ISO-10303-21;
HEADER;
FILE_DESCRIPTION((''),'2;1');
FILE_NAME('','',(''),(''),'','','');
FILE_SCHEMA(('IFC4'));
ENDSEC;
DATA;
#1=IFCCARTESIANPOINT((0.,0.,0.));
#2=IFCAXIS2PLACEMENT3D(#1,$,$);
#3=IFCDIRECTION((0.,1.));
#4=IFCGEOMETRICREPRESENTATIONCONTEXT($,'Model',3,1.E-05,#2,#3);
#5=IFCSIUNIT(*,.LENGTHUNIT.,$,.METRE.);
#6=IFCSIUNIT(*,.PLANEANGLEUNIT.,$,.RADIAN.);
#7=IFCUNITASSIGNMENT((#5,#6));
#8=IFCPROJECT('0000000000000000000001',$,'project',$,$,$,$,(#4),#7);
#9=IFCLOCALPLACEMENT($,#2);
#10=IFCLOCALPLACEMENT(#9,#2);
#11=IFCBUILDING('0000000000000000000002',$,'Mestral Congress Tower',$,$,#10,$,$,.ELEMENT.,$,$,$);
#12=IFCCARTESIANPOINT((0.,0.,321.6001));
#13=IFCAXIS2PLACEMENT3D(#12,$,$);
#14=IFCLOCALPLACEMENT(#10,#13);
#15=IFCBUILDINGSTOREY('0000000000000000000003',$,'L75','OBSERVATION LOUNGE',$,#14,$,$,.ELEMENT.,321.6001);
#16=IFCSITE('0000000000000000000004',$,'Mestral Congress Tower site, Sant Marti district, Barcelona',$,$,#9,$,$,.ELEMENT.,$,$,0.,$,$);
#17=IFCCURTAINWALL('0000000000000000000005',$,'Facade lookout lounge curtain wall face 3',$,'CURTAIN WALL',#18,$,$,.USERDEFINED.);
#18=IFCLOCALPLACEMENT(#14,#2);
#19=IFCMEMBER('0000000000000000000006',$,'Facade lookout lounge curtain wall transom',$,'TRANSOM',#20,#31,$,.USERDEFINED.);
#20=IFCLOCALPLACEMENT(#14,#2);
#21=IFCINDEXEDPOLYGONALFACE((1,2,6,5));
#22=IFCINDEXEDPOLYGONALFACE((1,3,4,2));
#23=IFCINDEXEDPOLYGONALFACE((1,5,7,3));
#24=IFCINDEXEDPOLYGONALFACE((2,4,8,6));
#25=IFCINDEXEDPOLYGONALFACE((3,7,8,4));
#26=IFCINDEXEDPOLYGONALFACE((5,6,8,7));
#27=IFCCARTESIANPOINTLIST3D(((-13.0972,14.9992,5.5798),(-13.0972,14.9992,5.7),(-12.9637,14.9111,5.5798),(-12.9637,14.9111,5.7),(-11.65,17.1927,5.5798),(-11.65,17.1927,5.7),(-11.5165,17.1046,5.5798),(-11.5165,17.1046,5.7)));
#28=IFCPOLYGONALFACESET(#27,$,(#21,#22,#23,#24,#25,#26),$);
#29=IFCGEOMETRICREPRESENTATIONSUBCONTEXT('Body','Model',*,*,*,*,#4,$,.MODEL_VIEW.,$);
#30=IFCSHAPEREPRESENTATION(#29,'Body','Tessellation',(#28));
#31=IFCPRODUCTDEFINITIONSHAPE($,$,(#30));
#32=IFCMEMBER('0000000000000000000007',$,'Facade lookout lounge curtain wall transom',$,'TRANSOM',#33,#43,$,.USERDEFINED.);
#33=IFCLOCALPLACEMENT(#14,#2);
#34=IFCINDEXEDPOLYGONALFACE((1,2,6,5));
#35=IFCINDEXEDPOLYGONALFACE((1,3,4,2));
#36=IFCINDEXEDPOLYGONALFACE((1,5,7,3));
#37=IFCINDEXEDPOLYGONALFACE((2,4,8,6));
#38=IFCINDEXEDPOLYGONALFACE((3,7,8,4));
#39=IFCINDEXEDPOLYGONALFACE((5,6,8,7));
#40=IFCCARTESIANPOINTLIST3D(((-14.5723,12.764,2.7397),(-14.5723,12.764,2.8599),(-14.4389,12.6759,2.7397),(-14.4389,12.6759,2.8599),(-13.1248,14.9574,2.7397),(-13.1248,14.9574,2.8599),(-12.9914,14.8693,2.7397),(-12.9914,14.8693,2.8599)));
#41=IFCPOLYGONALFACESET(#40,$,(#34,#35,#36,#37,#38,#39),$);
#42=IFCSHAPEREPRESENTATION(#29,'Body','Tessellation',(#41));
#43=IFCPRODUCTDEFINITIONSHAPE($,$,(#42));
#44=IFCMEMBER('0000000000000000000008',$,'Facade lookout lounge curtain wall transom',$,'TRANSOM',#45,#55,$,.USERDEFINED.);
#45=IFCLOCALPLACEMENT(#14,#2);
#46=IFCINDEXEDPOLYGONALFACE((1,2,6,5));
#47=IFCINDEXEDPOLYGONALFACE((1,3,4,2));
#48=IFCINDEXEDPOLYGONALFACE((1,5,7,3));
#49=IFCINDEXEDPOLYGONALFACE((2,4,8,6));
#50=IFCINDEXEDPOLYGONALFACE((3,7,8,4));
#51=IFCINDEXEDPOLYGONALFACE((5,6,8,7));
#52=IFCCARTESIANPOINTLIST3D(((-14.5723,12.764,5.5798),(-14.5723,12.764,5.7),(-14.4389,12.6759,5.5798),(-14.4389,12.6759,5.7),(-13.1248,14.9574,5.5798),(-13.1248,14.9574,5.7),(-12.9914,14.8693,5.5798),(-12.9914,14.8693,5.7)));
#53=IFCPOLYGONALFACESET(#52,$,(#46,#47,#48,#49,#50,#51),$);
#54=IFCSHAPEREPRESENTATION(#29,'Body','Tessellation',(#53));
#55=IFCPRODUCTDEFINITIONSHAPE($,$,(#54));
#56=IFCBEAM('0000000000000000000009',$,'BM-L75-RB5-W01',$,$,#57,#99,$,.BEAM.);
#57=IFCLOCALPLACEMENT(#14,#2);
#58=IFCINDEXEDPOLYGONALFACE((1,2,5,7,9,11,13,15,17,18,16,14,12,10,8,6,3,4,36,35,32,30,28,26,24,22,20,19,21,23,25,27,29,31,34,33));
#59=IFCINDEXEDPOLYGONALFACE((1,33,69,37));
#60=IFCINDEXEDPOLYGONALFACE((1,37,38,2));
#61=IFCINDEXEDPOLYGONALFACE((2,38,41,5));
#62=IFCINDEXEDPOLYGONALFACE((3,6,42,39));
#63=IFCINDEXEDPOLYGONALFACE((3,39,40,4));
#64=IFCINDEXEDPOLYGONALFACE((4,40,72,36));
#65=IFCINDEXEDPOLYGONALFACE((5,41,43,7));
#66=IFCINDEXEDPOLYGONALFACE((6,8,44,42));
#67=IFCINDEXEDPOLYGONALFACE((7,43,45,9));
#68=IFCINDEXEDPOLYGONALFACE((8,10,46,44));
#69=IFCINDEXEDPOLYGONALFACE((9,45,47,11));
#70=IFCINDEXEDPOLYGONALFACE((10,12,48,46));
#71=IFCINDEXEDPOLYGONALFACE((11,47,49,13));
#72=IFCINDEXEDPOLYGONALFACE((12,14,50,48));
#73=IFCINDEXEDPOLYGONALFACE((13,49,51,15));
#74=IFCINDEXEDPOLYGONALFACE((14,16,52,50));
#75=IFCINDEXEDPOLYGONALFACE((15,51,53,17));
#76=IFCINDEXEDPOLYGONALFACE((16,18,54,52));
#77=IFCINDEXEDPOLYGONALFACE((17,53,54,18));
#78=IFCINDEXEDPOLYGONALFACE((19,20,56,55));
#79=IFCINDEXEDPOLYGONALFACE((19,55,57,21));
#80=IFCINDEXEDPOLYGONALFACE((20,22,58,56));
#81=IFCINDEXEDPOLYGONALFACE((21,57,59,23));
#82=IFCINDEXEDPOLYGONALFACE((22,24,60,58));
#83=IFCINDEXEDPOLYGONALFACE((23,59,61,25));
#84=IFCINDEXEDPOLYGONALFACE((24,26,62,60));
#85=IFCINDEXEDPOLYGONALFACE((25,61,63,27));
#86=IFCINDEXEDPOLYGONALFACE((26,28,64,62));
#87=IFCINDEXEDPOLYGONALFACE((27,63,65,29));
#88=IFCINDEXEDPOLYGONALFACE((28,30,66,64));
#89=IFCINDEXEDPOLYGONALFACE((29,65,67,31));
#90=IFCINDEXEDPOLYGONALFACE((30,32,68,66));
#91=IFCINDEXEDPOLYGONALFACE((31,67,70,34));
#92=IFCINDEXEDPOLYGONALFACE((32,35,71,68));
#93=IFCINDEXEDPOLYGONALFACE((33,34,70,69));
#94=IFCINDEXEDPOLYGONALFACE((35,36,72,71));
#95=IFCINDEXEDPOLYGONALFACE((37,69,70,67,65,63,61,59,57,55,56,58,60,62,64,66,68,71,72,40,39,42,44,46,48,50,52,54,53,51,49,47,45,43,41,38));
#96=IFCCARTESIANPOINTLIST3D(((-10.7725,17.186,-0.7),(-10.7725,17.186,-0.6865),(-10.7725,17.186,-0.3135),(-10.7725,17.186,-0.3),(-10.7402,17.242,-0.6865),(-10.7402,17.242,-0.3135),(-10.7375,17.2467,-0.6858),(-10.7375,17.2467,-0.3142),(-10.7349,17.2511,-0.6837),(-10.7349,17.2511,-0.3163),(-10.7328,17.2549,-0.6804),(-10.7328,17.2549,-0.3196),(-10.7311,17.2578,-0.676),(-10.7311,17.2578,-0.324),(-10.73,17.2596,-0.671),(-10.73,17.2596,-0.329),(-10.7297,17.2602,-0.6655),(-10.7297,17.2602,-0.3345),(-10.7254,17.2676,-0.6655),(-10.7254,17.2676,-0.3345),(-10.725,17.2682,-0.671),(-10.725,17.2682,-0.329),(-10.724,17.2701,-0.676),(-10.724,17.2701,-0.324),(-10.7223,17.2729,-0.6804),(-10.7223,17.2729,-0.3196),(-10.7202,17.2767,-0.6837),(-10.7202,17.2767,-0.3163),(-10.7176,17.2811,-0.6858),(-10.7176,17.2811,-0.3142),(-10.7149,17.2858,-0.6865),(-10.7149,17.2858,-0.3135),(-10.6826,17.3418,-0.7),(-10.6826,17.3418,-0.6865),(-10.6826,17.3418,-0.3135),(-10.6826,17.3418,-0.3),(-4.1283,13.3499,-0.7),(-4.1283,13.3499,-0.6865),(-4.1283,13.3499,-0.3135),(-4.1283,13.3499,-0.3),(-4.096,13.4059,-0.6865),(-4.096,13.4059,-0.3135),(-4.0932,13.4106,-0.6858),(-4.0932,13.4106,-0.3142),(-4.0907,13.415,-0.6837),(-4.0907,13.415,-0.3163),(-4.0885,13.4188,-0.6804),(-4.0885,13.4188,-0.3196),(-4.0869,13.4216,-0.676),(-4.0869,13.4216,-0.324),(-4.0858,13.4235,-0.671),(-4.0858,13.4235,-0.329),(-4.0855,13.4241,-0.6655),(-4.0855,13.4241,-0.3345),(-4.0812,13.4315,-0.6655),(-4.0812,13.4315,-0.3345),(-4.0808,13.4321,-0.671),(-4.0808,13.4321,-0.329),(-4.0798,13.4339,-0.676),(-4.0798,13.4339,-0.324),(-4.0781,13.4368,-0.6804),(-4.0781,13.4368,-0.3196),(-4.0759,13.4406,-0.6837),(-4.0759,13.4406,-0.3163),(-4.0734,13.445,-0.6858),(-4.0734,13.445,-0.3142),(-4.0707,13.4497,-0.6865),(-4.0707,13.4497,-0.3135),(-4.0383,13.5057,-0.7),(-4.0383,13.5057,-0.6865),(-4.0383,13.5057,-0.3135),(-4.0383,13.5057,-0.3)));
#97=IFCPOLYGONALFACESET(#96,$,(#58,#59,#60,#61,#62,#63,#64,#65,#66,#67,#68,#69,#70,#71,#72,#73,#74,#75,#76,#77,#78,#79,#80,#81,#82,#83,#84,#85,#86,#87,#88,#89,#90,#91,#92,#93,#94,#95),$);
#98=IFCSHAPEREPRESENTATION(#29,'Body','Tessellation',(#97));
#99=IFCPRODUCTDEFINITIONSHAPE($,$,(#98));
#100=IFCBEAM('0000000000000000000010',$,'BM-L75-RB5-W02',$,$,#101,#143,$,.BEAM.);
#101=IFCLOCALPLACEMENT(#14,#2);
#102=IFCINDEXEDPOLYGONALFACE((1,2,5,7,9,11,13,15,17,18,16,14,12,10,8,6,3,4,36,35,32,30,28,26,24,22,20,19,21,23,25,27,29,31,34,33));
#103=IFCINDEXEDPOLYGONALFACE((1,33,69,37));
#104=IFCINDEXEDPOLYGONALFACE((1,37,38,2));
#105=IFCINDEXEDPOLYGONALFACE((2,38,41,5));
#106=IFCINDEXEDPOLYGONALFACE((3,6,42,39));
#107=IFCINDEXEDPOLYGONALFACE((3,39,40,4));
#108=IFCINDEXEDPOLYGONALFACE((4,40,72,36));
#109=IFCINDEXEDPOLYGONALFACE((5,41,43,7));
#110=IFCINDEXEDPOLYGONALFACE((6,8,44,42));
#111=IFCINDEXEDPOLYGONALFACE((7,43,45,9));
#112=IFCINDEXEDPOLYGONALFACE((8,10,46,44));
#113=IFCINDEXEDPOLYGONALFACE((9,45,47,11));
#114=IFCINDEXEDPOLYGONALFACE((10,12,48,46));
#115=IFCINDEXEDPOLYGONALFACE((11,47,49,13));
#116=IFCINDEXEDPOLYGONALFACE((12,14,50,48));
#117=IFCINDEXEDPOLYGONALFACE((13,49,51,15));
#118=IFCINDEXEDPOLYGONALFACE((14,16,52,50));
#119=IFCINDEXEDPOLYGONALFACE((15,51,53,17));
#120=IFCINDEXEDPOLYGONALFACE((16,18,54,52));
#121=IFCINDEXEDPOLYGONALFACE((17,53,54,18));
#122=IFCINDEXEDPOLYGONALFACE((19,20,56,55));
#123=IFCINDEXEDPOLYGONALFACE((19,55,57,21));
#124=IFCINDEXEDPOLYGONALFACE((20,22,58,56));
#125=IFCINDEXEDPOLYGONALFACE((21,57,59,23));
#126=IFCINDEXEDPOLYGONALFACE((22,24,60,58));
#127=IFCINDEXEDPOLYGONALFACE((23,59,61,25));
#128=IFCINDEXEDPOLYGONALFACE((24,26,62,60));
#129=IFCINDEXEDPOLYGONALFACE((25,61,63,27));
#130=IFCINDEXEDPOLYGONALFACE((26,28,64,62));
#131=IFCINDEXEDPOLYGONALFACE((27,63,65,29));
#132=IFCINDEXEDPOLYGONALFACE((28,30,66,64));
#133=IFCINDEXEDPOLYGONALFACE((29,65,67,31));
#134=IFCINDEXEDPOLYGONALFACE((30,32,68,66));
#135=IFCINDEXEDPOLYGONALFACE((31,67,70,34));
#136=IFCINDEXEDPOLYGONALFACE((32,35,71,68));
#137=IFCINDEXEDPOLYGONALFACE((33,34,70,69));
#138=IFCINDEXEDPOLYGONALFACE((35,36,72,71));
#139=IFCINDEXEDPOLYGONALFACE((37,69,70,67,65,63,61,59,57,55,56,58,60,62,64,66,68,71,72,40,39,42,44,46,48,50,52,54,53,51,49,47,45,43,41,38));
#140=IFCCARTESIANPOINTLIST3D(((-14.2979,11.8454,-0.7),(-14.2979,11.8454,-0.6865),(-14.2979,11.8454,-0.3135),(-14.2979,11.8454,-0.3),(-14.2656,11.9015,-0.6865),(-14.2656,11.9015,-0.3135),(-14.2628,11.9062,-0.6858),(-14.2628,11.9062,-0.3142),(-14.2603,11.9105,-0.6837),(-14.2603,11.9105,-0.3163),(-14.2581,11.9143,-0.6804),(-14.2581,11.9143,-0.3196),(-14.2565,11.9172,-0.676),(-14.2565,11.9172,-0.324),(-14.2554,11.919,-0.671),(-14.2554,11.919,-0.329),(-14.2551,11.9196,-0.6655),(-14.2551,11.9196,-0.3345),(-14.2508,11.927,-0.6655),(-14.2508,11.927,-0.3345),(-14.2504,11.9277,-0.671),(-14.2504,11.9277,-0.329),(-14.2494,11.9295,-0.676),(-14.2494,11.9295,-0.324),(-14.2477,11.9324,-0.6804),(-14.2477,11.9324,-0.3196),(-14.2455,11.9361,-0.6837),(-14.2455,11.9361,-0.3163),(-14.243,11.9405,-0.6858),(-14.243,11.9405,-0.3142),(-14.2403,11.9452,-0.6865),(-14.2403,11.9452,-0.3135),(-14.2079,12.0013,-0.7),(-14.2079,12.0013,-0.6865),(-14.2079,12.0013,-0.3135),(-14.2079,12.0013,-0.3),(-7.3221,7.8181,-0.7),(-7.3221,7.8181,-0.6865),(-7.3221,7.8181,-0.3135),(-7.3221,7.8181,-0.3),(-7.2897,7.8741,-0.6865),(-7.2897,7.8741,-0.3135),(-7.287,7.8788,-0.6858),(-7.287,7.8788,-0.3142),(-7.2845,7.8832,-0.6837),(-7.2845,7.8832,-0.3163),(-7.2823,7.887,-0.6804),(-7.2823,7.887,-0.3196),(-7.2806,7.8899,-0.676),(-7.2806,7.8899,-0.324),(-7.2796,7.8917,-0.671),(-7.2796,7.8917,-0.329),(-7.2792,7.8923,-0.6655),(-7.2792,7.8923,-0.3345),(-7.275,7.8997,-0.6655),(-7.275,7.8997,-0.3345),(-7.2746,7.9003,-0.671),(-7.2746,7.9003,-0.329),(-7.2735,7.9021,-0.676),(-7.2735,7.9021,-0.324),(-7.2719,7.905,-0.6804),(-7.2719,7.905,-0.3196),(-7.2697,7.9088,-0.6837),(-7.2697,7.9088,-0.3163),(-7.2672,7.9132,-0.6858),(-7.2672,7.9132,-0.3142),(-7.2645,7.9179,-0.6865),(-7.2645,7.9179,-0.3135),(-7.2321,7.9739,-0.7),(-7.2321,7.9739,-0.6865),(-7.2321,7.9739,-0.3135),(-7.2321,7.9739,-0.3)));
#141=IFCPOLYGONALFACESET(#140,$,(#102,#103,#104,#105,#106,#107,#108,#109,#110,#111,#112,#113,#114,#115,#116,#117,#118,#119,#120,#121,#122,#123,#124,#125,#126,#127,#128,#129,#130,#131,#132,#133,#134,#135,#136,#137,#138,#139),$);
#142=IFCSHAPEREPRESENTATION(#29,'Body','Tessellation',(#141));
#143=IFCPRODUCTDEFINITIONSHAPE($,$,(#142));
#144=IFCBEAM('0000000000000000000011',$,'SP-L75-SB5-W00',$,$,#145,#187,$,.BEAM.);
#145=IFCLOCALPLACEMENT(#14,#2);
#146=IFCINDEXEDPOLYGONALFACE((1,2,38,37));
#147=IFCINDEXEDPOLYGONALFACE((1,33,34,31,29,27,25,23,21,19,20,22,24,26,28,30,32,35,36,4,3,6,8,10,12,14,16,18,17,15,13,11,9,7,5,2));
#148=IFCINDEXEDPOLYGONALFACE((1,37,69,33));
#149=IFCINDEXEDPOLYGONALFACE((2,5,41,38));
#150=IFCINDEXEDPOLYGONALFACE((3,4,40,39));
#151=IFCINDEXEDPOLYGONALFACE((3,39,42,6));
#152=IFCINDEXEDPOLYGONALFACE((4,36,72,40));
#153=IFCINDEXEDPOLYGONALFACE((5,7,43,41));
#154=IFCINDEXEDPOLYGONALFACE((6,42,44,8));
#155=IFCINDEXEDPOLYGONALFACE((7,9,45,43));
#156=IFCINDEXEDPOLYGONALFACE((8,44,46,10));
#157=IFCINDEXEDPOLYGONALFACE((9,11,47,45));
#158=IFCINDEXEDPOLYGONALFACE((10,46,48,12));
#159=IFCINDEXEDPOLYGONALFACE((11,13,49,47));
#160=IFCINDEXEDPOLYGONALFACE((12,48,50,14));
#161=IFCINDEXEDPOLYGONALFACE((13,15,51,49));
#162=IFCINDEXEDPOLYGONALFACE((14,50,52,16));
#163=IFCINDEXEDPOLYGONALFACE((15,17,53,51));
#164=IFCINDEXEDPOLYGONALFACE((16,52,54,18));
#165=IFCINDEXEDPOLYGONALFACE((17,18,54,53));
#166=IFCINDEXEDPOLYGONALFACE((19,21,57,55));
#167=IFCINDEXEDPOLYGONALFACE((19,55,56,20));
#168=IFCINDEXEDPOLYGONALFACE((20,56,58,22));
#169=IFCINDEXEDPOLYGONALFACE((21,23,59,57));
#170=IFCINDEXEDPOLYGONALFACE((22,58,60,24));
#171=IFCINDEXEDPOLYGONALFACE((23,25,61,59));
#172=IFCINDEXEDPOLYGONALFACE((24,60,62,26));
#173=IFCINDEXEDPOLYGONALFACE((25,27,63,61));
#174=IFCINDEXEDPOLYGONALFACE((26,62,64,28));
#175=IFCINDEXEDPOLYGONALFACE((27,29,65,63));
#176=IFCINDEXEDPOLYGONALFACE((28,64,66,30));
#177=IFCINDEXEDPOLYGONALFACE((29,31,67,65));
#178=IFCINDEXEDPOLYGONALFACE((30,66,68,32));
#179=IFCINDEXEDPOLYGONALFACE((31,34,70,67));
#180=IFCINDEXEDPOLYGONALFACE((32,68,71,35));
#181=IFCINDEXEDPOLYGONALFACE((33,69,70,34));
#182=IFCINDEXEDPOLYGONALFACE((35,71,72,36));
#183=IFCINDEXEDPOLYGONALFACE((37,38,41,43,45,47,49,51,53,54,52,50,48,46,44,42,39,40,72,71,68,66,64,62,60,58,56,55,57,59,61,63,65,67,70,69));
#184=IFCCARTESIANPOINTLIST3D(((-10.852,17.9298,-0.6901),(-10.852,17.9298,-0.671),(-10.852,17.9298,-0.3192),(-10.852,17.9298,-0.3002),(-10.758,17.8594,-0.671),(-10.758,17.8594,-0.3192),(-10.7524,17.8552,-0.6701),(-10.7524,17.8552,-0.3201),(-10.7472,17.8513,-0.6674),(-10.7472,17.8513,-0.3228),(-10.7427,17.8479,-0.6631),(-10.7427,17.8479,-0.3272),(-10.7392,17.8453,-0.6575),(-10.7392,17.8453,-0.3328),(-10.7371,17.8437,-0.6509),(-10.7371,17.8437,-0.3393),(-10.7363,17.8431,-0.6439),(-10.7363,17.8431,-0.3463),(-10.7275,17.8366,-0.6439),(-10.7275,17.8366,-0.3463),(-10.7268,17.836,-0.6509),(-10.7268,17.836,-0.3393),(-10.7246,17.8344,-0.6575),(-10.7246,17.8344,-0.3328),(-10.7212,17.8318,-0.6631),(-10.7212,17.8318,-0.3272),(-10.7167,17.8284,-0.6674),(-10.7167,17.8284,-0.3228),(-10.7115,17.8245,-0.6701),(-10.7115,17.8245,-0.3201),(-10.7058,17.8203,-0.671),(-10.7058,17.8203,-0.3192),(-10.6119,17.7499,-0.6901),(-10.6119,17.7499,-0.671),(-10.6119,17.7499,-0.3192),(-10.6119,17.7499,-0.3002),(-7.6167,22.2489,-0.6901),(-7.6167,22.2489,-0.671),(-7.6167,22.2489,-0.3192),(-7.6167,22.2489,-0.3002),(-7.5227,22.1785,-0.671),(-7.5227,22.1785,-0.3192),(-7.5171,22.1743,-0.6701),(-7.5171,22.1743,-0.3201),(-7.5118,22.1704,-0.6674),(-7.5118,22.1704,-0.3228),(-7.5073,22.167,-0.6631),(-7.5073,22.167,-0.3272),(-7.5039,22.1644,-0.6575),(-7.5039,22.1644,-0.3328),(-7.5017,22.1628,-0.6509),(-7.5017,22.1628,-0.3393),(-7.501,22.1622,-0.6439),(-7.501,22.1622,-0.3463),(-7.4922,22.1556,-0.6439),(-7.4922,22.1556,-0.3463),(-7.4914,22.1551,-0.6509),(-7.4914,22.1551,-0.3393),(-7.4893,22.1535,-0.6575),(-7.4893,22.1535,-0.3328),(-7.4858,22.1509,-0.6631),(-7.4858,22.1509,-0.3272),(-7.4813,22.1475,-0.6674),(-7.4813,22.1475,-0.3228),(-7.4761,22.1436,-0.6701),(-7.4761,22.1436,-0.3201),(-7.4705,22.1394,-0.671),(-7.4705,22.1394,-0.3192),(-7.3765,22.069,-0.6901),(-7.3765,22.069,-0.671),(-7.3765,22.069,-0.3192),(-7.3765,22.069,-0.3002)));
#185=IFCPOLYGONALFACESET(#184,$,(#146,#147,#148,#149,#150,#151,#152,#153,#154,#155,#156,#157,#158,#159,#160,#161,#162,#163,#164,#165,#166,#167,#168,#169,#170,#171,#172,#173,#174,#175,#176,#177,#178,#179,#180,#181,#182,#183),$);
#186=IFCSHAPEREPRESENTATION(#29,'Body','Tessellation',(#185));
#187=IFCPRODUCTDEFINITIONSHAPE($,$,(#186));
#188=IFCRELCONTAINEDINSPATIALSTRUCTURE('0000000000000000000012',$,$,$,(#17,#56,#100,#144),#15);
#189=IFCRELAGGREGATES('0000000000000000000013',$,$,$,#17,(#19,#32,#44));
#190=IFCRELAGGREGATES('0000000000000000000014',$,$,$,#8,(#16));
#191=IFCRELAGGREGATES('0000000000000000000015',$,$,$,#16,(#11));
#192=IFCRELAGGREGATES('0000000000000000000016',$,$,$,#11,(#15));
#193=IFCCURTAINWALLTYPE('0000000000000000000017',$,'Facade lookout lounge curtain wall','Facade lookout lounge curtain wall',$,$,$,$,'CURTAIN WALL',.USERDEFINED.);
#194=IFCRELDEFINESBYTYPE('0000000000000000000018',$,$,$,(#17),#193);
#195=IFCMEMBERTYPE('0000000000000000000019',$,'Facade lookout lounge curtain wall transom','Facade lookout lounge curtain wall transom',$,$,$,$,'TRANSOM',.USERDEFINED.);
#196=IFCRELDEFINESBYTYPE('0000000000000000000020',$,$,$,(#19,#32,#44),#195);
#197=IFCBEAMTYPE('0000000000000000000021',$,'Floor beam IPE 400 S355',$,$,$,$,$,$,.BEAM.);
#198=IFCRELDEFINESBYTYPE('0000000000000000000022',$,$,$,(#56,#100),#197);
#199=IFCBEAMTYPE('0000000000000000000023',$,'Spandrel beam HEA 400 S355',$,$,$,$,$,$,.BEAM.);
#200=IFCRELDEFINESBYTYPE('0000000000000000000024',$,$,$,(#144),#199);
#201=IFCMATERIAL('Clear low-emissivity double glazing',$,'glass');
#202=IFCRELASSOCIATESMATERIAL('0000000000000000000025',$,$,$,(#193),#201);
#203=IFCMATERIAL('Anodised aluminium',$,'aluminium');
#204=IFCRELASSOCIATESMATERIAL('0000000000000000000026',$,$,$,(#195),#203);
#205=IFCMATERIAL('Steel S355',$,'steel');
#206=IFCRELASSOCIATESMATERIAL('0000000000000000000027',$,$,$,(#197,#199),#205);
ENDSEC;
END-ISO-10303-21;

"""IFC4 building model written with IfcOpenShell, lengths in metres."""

from ifc_helpers import new_model, si_unit, direction, frame, origin, origin_2d, place, context, subcontext, project, spatial, rectangle, i_section, extrude, material, material_profile, profile_set, type_object, element, aggregate, save


model = new_model("IFC4")

# Units and contexts
model_context = context("Model", 3, precision=1e-05, world=origin(), true_north=direction((0.0, 1.0)))
body_context = subcontext(model_context, "Body", "Model", "MODEL_VIEW")
ifc_project = project(units=[si_unit("LENGTHUNIT", "METRE"), si_unit("PLANEANGLEUNIT", "RADIAN")], contexts=[model_context])

# Site, building, storey
site_placement = place(None, origin())
site = spatial("IfcSite", under=ifc_project, at=site_placement, Name="Mestral Congress Tower site, Sant Marti district, Barcelona", CompositionType="ELEMENT", RefElevation=0.0)
building_placement = place(site_placement, origin())
building = spatial("IfcBuilding", under=site, at=building_placement, Name="Mestral Congress Tower", CompositionType="ELEMENT")
storey_placement = place(building_placement, frame((0.0, 0.0, 321.6001)))
storey = spatial("IfcBuildingStorey", under=building, at=storey_placement, Name="L75", Description="OBSERVATION LOUNGE", CompositionType="ELEMENT", Elevation=321.6001)

# Curtain wall
ifc_material_1 = material(Name="Clear low-emissivity double glazing", Category="glass")
curtain_wall_type = type_object("IfcCurtainWallType", Name="Facade lookout lounge curtain wall", Description="Facade lookout lounge curtain wall", ElementType="CURTAIN WALL", PredefinedType="USERDEFINED", material=ifc_material_1)
placement = place(storey_placement, origin())
curtain_wall_1 = element("IfcCurtainWall", 1, at=placement, inside=storey, type_object=curtain_wall_type, Name="Facade lookout lounge curtain wall face 3", ObjectType="CURTAIN WALL", PredefinedType="USERDEFINED")
ifc_material_2 = material(Name="Anodised aluminium", Category="aluminium")

# Members
ifc_material_profile_1 = material_profile(ifc_material_2, rectangle(XDim=0.1599, YDim=0.1201, at=origin_2d()), Name="CW2 transom 160 x 120")
ifc_profile_set_1 = profile_set([ifc_material_profile_1], Name="Anodised aluminium")
member_type_1 = type_object("IfcMemberType", Name="Facade lookout lounge curtain wall transom", Description="Facade lookout lounge curtain wall transom", ElementType="TRANSOM", PredefinedType="USERDEFINED", material=ifc_profile_set_1)
member_1_placement = place(storey_placement, frame((-11.5833, 17.1487, 5.6399), z_axis=(-0.550706, -0.834699, 0.0), x_axis=(0.834699, -0.550706, 0.0)))
member_1 = element("IfcMember", 2, at=member_1_placement, type_object=member_type_1, Name="Facade lookout lounge curtain wall transom", ObjectType="TRANSOM", PredefinedType="USERDEFINED", context=body_context, shape_type="SweptSolid", body=[
    extrude(rectangle(XDim=0.1599, YDim=0.1201, at=origin_2d()), origin(), (0.0, 0.0, 1.0), 2.6279),
])
member_2_placement = place(storey_placement, frame((-13.0581, 14.9133, 2.7998), z_axis=(-0.550814, -0.834628, 0.0), x_axis=(0.834628, -0.550814, 0.0)))
member_2 = element("IfcMember", 3, at=member_2_placement, type_object=member_type_1, Name="Facade lookout lounge curtain wall transom", ObjectType="TRANSOM", PredefinedType="USERDEFINED", context=body_context, shape_type="SweptSolid", body=[
    extrude(rectangle(XDim=0.1599, YDim=0.1201, at=origin_2d()), origin(), (0.0, 0.0, 1.0), 2.6279),
])
member_3_placement = place(storey_placement, frame((-13.0581, 14.9133, 5.6399), z_axis=(-0.550814, -0.834628, 0.0), x_axis=(0.834628, -0.550814, 0.0)))
member_3 = element("IfcMember", 4, at=member_3_placement, type_object=member_type_1, Name="Facade lookout lounge curtain wall transom", ObjectType="TRANSOM", PredefinedType="USERDEFINED", context=body_context, shape_type="SweptSolid", body=[
    extrude(rectangle(XDim=0.1599, YDim=0.1201, at=origin_2d()), origin(), (0.0, 0.0, 1.0), 2.6279),
])

# Beams
ifc_material_3 = material(Name="Steel S355", Category="steel")
ifc_material_profile_2 = material_profile(ifc_material_3, i_section(OverallWidth=0.1799, OverallDepth=0.3999, WebThickness=0.0085, FlangeThickness=0.0134, FilletRadius=0.021, at=origin_2d()), Name="IPE 400")
ifc_profile_set_2 = profile_set([ifc_material_profile_2], Name="Steel S355")
beam_type_1 = type_object("IfcBeamType", Name="Floor beam IPE 400 S355", PredefinedType="BEAM", material=ifc_profile_set_2)
beam_1_placement = place(storey_placement, frame((-10.7275, 17.2639, -0.5), z_axis=(0.86602, -0.50001, 0.0), x_axis=(0.50001, 0.86602, 0.0)))
element("IfcBeam", 5, at=beam_1_placement, inside=storey, type_object=beam_type_1, Name="BM-L75-RB5-W01", PredefinedType="BEAM", context=body_context, shape_type="SweptSolid", body=[
    extrude(i_section(OverallWidth=0.1799, OverallDepth=0.3999, WebThickness=0.0085, FlangeThickness=0.0134, FilletRadius=0.021, at=origin_2d()), origin(), (0.0, 0.0, 1.0), 7.6721),
])
beam_2_placement = place(storey_placement, frame((-14.2529, 11.9233, -0.5), z_axis=(0.866034, -0.499986, 0.0), x_axis=(0.499986, 0.866034, 0.0)))
element("IfcBeam", 6, at=beam_2_placement, inside=storey, type_object=beam_type_1, Name="BM-L75-RB5-W02", PredefinedType="BEAM", context=body_context, shape_type="SweptSolid", body=[
    extrude(i_section(OverallWidth=0.1799, OverallDepth=0.3999, WebThickness=0.0085, FlangeThickness=0.0134, FilletRadius=0.021, at=origin_2d()), origin(), (0.0, 0.0, 1.0), 8.0549),
])
ifc_material_profile_3 = material_profile(ifc_material_3, i_section(OverallWidth=0.3, OverallDepth=0.3899, WebThickness=0.011, FlangeThickness=0.019, FilletRadius=0.0271, at=origin_2d()), Name="HEA 400")
ifc_profile_set_3 = profile_set([ifc_material_profile_3], Name="Steel S355")
beam_type_2 = type_object("IfcBeamType", Name="Spandrel beam HEA 400 S355", PredefinedType="BEAM", material=ifc_profile_set_3)
beam_3_placement = place(storey_placement, frame((-7.4966, 22.1589, -0.4951), z_axis=(-0.599529, -0.800353, 0.0), x_axis=(0.800353, -0.599529, 0.0)))
element("IfcBeam", 7, at=beam_3_placement, inside=storey, type_object=beam_type_2, Name="SP-L75-SB5-W00", PredefinedType="BEAM", context=body_context, shape_type="SweptSolid", body=[
    extrude(i_section(OverallWidth=0.3, OverallDepth=0.3899, WebThickness=0.011, FlangeThickness=0.019, FilletRadius=0.0271, at=origin_2d()), origin(), (0.0, 0.0, 1.0), 5.3965),
])

aggregate(curtain_wall_1, [member_1, member_2, member_3])

save(model, "model.ifc")
